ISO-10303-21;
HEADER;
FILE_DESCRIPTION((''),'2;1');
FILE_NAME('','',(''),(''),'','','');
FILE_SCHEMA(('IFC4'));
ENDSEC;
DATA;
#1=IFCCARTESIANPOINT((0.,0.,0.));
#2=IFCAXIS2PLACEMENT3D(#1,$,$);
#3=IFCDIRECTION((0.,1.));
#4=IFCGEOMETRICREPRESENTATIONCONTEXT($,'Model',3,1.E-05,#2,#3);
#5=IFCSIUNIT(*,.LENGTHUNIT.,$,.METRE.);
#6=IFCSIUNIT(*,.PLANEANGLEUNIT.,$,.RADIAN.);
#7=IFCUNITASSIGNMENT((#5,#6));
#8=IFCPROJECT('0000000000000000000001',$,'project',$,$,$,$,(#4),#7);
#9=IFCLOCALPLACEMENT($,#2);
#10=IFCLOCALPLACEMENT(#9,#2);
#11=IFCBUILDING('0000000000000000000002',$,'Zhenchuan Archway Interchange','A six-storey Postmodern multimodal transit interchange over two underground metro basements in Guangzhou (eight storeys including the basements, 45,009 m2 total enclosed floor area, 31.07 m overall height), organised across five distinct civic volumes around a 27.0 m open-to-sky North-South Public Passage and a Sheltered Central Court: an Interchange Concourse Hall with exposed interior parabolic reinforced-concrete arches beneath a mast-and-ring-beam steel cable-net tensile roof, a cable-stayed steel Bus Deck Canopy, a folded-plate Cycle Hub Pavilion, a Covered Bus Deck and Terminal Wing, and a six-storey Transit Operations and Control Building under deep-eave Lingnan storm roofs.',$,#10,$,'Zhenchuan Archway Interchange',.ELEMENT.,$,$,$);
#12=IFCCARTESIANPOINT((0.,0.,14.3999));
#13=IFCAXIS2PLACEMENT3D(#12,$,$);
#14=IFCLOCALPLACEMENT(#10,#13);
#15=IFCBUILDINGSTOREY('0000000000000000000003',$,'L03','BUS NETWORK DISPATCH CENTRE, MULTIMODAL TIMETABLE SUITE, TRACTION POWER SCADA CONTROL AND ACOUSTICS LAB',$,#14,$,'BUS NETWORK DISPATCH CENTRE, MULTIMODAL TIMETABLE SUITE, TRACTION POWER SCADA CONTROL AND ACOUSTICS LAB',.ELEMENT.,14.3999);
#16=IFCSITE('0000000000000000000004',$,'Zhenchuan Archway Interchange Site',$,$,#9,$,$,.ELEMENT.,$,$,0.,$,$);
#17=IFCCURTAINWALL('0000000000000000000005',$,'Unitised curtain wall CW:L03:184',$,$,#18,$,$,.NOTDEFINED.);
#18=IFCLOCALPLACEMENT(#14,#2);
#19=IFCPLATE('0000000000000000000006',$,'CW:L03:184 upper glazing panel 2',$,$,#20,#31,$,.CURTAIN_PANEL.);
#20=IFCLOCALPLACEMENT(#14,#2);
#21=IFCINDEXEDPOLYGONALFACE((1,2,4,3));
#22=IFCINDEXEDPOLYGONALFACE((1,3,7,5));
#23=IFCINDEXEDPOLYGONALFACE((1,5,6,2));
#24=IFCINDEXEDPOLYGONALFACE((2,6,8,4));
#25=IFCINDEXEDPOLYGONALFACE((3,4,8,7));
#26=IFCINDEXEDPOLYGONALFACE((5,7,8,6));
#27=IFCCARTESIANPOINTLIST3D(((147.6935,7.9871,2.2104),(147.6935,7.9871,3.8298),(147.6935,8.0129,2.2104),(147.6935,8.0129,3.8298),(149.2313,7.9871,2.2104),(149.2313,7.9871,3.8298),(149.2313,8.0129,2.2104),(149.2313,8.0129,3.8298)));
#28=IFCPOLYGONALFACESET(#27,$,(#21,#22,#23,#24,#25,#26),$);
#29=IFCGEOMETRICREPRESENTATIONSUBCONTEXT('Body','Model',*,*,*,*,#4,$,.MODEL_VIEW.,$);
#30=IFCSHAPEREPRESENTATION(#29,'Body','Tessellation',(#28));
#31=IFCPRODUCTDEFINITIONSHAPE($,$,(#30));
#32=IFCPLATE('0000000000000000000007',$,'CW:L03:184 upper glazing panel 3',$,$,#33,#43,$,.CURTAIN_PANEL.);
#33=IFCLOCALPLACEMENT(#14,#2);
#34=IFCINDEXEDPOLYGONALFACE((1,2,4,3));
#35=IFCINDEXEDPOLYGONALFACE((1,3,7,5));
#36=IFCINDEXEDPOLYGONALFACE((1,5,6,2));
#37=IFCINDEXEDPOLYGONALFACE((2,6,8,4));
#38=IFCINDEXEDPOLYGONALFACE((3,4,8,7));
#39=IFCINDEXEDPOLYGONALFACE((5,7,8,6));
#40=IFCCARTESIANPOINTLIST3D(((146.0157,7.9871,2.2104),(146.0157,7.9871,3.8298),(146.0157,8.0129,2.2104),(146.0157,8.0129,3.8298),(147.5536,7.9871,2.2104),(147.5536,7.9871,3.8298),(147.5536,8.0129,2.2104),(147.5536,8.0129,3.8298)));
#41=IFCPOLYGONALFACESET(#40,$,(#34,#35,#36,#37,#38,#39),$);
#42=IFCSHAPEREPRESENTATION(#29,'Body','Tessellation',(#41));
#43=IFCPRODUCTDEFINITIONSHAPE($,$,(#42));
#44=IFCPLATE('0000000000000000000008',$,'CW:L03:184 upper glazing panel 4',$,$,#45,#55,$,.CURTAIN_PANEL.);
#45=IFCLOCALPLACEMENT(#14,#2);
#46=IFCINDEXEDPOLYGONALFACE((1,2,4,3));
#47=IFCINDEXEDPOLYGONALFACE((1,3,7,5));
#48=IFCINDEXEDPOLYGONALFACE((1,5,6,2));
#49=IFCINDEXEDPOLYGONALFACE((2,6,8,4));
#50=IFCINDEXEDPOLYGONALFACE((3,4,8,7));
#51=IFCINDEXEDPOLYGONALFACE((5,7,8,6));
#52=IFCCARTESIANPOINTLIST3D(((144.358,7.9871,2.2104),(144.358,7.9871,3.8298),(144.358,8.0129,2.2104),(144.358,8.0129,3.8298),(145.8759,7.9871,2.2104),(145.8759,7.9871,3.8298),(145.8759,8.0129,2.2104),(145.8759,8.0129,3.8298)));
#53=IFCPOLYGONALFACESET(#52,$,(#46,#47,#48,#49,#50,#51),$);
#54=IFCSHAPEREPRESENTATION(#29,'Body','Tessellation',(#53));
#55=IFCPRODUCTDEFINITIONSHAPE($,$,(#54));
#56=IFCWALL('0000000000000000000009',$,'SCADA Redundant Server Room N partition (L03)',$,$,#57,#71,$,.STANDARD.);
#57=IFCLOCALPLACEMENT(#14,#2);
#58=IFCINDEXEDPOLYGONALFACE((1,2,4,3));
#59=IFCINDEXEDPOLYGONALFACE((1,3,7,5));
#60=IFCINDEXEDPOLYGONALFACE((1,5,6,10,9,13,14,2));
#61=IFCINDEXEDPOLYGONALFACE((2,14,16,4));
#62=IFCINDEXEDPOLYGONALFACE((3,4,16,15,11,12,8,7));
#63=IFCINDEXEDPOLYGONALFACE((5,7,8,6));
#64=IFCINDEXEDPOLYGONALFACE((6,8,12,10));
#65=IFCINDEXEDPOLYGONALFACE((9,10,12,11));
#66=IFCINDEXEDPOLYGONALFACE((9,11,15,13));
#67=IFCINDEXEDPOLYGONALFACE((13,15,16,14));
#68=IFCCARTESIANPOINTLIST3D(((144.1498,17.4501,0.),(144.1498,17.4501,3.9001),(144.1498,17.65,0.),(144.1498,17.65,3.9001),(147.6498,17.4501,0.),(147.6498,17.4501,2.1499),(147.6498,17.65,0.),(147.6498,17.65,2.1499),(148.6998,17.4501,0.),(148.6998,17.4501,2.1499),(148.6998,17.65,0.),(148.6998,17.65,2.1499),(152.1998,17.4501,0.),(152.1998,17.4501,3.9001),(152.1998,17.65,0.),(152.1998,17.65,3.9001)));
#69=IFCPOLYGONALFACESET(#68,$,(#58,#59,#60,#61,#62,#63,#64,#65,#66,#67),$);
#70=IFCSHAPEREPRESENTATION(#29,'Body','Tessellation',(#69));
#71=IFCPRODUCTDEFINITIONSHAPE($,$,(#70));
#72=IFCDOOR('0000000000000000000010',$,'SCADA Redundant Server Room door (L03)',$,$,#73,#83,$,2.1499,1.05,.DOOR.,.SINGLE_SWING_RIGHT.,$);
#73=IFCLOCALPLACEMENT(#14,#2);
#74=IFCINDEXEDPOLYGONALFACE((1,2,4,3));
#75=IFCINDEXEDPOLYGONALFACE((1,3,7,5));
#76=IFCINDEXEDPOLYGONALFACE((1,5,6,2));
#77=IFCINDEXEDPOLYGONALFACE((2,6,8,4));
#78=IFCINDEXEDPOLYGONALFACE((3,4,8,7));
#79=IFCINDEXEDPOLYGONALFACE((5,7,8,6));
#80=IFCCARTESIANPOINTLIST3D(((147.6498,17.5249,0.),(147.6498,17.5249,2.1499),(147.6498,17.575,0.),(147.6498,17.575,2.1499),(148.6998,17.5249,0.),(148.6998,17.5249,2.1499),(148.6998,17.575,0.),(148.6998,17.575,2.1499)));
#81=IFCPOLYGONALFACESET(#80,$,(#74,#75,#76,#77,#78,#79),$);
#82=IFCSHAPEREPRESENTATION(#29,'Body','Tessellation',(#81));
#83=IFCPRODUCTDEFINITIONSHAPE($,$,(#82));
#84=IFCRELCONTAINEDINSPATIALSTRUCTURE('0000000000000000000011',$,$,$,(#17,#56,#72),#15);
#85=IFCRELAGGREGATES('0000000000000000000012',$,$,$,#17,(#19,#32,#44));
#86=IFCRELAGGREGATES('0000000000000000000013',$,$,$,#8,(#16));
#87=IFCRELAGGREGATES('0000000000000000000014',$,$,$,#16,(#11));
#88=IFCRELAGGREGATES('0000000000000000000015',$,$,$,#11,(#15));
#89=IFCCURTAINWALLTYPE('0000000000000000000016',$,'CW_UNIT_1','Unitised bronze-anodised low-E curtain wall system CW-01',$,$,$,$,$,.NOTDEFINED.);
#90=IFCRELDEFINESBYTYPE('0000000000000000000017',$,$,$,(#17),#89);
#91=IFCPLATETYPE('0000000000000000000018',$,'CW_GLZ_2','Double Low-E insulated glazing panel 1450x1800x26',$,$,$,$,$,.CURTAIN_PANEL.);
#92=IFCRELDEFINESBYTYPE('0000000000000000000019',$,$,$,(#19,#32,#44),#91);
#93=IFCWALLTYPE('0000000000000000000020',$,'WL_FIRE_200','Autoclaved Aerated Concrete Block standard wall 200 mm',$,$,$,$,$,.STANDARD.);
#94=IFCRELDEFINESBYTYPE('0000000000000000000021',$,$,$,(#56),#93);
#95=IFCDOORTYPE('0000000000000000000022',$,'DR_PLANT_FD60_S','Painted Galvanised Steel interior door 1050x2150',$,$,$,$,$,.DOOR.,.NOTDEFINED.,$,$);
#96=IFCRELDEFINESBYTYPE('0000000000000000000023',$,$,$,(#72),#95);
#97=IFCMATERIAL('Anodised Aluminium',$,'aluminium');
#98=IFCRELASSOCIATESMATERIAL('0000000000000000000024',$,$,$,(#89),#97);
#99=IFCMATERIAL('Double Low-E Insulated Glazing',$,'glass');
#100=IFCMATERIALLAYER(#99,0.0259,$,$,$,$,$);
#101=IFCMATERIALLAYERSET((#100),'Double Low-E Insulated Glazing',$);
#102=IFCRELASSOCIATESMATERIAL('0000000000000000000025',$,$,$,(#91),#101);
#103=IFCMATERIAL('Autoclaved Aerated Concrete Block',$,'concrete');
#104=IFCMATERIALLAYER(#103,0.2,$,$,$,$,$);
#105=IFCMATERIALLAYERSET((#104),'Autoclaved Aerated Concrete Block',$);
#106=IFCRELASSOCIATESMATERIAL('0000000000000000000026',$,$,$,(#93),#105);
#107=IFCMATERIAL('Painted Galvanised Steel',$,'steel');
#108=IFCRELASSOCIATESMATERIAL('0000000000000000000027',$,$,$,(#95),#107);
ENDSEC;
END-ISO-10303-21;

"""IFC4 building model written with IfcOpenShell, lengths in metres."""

from ifc_helpers import new_model, si_unit, direction, frame, frame_2d, origin, origin_2d, place, context, subcontext, project, spatial, rectangle, extrude, material, layer, layer_set, type_object, element, fill, aggregate, save


model = new_model("IFC4")

# Units and contexts
model_context = context("Model", 3, precision=1e-05, world=origin(), true_north=direction((0.0, 1.0)))
body_context = subcontext(model_context, "Body", "Model", "MODEL_VIEW")
ifc_project = project(units=[si_unit("LENGTHUNIT", "METRE"), si_unit("PLANEANGLEUNIT", "RADIAN")], contexts=[model_context])

# Site, building, storey
site_placement = place(None, origin())
site = spatial("IfcSite", under=ifc_project, at=site_placement, Name="Zhenchuan Archway Interchange Site", CompositionType="ELEMENT", RefElevation=0.0)
building_placement = place(site_placement, origin())
building = spatial("IfcBuilding", under=site, at=building_placement, Name="Zhenchuan Archway Interchange", Description="A six-storey Postmodern multimodal transit interchange over two underground metro basements in Guangzhou (eight storeys including the basements, 45,009 m2 total enclosed floor area, 31.07 m overall height), organised across five distinct civic volumes around a 27.0 m open-to-sky North-South Public Passage and a Sheltered Central Court: an Interchange Concourse Hall with exposed interior parabolic reinforced-concrete arches beneath a mast-and-ring-beam steel cable-net tensile roof, a cable-stayed steel Bus Deck Canopy, a folded-plate Cycle Hub Pavilion, a Covered Bus Deck and Terminal Wing, and a six-storey Transit Operations and Control Building under deep-eave Lingnan storm roofs.", LongName="Zhenchuan Archway Interchange", CompositionType="ELEMENT")
storey_placement = place(building_placement, frame((0.0, 0.0, 14.3999)))
storey = spatial("IfcBuildingStorey", under=building, at=storey_placement, Name="L03", Description="BUS NETWORK DISPATCH CENTRE, MULTIMODAL TIMETABLE SUITE, TRACTION POWER SCADA CONTROL AND ACOUSTICS LAB", LongName="BUS NETWORK DISPATCH CENTRE, MULTIMODAL TIMETABLE SUITE, TRACTION POWER SCADA CONTROL AND ACOUSTICS LAB", CompositionType="ELEMENT", Elevation=14.3999)

# Curtain wall
ifc_material_1 = material(Name="Anodised Aluminium", Category="aluminium")
curtain_wall_type = type_object("IfcCurtainWallType", Name="CW_UNIT_1", Description="Unitised bronze-anodised low-E curtain wall system CW-01", PredefinedType="NOTDEFINED", material=ifc_material_1)
curtain_wall_placement = place(storey_placement, origin())
curtain_wall = element("IfcCurtainWall", 1, at=curtain_wall_placement, inside=storey, type_object=curtain_wall_type, Name="Unitised curtain wall CW:L03:184", PredefinedType="NOTDEFINED")

# Plates
ifc_material_2 = material(Name="Double Low-E Insulated Glazing", Category="glass")
ifc_layer_1 = layer(ifc_material_2, 0.0259)
ifc_layer_set_1 = layer_set([ifc_layer_1], Name="Double Low-E Insulated Glazing")
plate_type_1 = type_object("IfcPlateType", Name="CW_GLZ_2", Description="Double Low-E insulated glazing panel 1450x1800x26", PredefinedType="CURTAIN_PANEL", material=ifc_layer_set_1)
plate_1_placement = place(storey_placement, frame((148.4624, 8.0, 2.2104), z_axis=(0.0, 0.0, 1.0), x_axis=(-1.0, 0.0, 0.0)))
plate_1 = element("IfcPlate", 2, at=plate_1_placement, type_object=plate_type_1, Name="CW:L03:184 upper glazing panel 2", PredefinedType="CURTAIN_PANEL", context=body_context, shape_type="SweptSolid", body=[
    extrude(rectangle(XDim=1.5378, YDim=0.0259, at=origin_2d()), origin(), (0.0, 0.0, 1.0), 1.6194),
])
plate_2_placement = place(storey_placement, frame((146.7847, 8.0, 2.2104), z_axis=(0.0, 0.0, 1.0), x_axis=(-1.0, 0.0, 0.0)))
plate_2 = element("IfcPlate", 3, at=plate_2_placement, type_object=plate_type_1, Name="CW:L03:184 upper glazing panel 3", PredefinedType="CURTAIN_PANEL", context=body_context, shape_type="SweptSolid", body=[
    extrude(rectangle(XDim=1.5378, YDim=0.0259, at=origin_2d()), origin(), (0.0, 0.0, 1.0), 1.6194),
])
plate_3_placement = place(storey_placement, frame((145.1169, 8.0, 2.2104), z_axis=(0.0, 0.0, 1.0), x_axis=(-1.0, 0.0, 0.0)))
plate_3 = element("IfcPlate", 4, at=plate_3_placement, type_object=plate_type_1, Name="CW:L03:184 upper glazing panel 4", PredefinedType="CURTAIN_PANEL", context=body_context, shape_type="SweptSolid", body=[
    extrude(rectangle(XDim=1.5178, YDim=0.0259, at=origin_2d()), origin(), (0.0, 0.0, 1.0), 1.6194),
])
aggregate(curtain_wall, [plate_1, plate_2, plate_3])

# Wall, opening, door
ifc_material_3 = material(Name="Autoclaved Aerated Concrete Block", Category="concrete")
ifc_layer_2 = layer(ifc_material_3, 0.2)
ifc_layer_set_2 = layer_set([ifc_layer_2], Name="Autoclaved Aerated Concrete Block")
wall_type = type_object("IfcWallType", Name="WL_FIRE_200", Description="Autoclaved Aerated Concrete Block standard wall 200 mm", PredefinedType="STANDARD", material=ifc_layer_set_2)
wall_placement = place(storey_placement, frame((144.1499, 17.55, 0.0), z_axis=(0.0, 0.0, 1.0), x_axis=(1.0, 0.0, 0.0)))
wall = element("IfcWall", 5, at=wall_placement, inside=storey, type_object=wall_type, Name="SCADA Redundant Server Room N partition (L03)", PredefinedType="STANDARD", context=body_context, shape_type="SweptSolid", body=[
    extrude(rectangle(XDim=8.05, YDim=0.2, at=frame_2d((4.0249, 0.0))), origin(), (0.0, 0.0, 1.0), 3.9001),
])
opening_placement = place(wall_placement, frame((3.5, 0.0, 0.0)))
opening = element("IfcOpeningElement", 6, at=opening_placement, cuts=wall, PredefinedType="OPENING", context=body_context, shape_type="SweptSolid", body=[
    extrude(rectangle(XDim=1.05, YDim=2.1499, at=frame_2d((0.5249, 1.075))), frame((0.0, 0.1118, 0.0), z_axis=(0.0, -1.0, 0.0), x_axis=(1.0, 0.0, 0.0)), (0.0, 0.0, 1.0), 0.2239),
])
ifc_material_4 = material(Name="Painted Galvanised Steel", Category="steel")
door_type = type_object("IfcDoorType", Name="DR_PLANT_FD60_S", Description="Painted Galvanised Steel interior door 1050x2150", OperationType="NOTDEFINED", PredefinedType="DOOR", material=ifc_material_4)
door_placement = place(opening_placement, origin())
door = element("IfcDoor", 7, at=door_placement, inside=storey, type_object=door_type, Name="SCADA Redundant Server Room door (L03)", OperationType="SINGLE_SWING_RIGHT", OverallHeight=2.1499, OverallWidth=1.05, PredefinedType="DOOR", context=body_context, shape_type="SweptSolid", body=[
    extrude(rectangle(XDim=1.05, YDim=2.1499, at=frame_2d((0.5249, 1.075))), frame((0.0, 0.0249, 0.0), z_axis=(0.0, -1.0, 0.0), x_axis=(1.0, 0.0, 0.0)), (0.0, 0.0, 1.0), 0.05),
])
fill(opening, door)

save(model, "model.ifc")
